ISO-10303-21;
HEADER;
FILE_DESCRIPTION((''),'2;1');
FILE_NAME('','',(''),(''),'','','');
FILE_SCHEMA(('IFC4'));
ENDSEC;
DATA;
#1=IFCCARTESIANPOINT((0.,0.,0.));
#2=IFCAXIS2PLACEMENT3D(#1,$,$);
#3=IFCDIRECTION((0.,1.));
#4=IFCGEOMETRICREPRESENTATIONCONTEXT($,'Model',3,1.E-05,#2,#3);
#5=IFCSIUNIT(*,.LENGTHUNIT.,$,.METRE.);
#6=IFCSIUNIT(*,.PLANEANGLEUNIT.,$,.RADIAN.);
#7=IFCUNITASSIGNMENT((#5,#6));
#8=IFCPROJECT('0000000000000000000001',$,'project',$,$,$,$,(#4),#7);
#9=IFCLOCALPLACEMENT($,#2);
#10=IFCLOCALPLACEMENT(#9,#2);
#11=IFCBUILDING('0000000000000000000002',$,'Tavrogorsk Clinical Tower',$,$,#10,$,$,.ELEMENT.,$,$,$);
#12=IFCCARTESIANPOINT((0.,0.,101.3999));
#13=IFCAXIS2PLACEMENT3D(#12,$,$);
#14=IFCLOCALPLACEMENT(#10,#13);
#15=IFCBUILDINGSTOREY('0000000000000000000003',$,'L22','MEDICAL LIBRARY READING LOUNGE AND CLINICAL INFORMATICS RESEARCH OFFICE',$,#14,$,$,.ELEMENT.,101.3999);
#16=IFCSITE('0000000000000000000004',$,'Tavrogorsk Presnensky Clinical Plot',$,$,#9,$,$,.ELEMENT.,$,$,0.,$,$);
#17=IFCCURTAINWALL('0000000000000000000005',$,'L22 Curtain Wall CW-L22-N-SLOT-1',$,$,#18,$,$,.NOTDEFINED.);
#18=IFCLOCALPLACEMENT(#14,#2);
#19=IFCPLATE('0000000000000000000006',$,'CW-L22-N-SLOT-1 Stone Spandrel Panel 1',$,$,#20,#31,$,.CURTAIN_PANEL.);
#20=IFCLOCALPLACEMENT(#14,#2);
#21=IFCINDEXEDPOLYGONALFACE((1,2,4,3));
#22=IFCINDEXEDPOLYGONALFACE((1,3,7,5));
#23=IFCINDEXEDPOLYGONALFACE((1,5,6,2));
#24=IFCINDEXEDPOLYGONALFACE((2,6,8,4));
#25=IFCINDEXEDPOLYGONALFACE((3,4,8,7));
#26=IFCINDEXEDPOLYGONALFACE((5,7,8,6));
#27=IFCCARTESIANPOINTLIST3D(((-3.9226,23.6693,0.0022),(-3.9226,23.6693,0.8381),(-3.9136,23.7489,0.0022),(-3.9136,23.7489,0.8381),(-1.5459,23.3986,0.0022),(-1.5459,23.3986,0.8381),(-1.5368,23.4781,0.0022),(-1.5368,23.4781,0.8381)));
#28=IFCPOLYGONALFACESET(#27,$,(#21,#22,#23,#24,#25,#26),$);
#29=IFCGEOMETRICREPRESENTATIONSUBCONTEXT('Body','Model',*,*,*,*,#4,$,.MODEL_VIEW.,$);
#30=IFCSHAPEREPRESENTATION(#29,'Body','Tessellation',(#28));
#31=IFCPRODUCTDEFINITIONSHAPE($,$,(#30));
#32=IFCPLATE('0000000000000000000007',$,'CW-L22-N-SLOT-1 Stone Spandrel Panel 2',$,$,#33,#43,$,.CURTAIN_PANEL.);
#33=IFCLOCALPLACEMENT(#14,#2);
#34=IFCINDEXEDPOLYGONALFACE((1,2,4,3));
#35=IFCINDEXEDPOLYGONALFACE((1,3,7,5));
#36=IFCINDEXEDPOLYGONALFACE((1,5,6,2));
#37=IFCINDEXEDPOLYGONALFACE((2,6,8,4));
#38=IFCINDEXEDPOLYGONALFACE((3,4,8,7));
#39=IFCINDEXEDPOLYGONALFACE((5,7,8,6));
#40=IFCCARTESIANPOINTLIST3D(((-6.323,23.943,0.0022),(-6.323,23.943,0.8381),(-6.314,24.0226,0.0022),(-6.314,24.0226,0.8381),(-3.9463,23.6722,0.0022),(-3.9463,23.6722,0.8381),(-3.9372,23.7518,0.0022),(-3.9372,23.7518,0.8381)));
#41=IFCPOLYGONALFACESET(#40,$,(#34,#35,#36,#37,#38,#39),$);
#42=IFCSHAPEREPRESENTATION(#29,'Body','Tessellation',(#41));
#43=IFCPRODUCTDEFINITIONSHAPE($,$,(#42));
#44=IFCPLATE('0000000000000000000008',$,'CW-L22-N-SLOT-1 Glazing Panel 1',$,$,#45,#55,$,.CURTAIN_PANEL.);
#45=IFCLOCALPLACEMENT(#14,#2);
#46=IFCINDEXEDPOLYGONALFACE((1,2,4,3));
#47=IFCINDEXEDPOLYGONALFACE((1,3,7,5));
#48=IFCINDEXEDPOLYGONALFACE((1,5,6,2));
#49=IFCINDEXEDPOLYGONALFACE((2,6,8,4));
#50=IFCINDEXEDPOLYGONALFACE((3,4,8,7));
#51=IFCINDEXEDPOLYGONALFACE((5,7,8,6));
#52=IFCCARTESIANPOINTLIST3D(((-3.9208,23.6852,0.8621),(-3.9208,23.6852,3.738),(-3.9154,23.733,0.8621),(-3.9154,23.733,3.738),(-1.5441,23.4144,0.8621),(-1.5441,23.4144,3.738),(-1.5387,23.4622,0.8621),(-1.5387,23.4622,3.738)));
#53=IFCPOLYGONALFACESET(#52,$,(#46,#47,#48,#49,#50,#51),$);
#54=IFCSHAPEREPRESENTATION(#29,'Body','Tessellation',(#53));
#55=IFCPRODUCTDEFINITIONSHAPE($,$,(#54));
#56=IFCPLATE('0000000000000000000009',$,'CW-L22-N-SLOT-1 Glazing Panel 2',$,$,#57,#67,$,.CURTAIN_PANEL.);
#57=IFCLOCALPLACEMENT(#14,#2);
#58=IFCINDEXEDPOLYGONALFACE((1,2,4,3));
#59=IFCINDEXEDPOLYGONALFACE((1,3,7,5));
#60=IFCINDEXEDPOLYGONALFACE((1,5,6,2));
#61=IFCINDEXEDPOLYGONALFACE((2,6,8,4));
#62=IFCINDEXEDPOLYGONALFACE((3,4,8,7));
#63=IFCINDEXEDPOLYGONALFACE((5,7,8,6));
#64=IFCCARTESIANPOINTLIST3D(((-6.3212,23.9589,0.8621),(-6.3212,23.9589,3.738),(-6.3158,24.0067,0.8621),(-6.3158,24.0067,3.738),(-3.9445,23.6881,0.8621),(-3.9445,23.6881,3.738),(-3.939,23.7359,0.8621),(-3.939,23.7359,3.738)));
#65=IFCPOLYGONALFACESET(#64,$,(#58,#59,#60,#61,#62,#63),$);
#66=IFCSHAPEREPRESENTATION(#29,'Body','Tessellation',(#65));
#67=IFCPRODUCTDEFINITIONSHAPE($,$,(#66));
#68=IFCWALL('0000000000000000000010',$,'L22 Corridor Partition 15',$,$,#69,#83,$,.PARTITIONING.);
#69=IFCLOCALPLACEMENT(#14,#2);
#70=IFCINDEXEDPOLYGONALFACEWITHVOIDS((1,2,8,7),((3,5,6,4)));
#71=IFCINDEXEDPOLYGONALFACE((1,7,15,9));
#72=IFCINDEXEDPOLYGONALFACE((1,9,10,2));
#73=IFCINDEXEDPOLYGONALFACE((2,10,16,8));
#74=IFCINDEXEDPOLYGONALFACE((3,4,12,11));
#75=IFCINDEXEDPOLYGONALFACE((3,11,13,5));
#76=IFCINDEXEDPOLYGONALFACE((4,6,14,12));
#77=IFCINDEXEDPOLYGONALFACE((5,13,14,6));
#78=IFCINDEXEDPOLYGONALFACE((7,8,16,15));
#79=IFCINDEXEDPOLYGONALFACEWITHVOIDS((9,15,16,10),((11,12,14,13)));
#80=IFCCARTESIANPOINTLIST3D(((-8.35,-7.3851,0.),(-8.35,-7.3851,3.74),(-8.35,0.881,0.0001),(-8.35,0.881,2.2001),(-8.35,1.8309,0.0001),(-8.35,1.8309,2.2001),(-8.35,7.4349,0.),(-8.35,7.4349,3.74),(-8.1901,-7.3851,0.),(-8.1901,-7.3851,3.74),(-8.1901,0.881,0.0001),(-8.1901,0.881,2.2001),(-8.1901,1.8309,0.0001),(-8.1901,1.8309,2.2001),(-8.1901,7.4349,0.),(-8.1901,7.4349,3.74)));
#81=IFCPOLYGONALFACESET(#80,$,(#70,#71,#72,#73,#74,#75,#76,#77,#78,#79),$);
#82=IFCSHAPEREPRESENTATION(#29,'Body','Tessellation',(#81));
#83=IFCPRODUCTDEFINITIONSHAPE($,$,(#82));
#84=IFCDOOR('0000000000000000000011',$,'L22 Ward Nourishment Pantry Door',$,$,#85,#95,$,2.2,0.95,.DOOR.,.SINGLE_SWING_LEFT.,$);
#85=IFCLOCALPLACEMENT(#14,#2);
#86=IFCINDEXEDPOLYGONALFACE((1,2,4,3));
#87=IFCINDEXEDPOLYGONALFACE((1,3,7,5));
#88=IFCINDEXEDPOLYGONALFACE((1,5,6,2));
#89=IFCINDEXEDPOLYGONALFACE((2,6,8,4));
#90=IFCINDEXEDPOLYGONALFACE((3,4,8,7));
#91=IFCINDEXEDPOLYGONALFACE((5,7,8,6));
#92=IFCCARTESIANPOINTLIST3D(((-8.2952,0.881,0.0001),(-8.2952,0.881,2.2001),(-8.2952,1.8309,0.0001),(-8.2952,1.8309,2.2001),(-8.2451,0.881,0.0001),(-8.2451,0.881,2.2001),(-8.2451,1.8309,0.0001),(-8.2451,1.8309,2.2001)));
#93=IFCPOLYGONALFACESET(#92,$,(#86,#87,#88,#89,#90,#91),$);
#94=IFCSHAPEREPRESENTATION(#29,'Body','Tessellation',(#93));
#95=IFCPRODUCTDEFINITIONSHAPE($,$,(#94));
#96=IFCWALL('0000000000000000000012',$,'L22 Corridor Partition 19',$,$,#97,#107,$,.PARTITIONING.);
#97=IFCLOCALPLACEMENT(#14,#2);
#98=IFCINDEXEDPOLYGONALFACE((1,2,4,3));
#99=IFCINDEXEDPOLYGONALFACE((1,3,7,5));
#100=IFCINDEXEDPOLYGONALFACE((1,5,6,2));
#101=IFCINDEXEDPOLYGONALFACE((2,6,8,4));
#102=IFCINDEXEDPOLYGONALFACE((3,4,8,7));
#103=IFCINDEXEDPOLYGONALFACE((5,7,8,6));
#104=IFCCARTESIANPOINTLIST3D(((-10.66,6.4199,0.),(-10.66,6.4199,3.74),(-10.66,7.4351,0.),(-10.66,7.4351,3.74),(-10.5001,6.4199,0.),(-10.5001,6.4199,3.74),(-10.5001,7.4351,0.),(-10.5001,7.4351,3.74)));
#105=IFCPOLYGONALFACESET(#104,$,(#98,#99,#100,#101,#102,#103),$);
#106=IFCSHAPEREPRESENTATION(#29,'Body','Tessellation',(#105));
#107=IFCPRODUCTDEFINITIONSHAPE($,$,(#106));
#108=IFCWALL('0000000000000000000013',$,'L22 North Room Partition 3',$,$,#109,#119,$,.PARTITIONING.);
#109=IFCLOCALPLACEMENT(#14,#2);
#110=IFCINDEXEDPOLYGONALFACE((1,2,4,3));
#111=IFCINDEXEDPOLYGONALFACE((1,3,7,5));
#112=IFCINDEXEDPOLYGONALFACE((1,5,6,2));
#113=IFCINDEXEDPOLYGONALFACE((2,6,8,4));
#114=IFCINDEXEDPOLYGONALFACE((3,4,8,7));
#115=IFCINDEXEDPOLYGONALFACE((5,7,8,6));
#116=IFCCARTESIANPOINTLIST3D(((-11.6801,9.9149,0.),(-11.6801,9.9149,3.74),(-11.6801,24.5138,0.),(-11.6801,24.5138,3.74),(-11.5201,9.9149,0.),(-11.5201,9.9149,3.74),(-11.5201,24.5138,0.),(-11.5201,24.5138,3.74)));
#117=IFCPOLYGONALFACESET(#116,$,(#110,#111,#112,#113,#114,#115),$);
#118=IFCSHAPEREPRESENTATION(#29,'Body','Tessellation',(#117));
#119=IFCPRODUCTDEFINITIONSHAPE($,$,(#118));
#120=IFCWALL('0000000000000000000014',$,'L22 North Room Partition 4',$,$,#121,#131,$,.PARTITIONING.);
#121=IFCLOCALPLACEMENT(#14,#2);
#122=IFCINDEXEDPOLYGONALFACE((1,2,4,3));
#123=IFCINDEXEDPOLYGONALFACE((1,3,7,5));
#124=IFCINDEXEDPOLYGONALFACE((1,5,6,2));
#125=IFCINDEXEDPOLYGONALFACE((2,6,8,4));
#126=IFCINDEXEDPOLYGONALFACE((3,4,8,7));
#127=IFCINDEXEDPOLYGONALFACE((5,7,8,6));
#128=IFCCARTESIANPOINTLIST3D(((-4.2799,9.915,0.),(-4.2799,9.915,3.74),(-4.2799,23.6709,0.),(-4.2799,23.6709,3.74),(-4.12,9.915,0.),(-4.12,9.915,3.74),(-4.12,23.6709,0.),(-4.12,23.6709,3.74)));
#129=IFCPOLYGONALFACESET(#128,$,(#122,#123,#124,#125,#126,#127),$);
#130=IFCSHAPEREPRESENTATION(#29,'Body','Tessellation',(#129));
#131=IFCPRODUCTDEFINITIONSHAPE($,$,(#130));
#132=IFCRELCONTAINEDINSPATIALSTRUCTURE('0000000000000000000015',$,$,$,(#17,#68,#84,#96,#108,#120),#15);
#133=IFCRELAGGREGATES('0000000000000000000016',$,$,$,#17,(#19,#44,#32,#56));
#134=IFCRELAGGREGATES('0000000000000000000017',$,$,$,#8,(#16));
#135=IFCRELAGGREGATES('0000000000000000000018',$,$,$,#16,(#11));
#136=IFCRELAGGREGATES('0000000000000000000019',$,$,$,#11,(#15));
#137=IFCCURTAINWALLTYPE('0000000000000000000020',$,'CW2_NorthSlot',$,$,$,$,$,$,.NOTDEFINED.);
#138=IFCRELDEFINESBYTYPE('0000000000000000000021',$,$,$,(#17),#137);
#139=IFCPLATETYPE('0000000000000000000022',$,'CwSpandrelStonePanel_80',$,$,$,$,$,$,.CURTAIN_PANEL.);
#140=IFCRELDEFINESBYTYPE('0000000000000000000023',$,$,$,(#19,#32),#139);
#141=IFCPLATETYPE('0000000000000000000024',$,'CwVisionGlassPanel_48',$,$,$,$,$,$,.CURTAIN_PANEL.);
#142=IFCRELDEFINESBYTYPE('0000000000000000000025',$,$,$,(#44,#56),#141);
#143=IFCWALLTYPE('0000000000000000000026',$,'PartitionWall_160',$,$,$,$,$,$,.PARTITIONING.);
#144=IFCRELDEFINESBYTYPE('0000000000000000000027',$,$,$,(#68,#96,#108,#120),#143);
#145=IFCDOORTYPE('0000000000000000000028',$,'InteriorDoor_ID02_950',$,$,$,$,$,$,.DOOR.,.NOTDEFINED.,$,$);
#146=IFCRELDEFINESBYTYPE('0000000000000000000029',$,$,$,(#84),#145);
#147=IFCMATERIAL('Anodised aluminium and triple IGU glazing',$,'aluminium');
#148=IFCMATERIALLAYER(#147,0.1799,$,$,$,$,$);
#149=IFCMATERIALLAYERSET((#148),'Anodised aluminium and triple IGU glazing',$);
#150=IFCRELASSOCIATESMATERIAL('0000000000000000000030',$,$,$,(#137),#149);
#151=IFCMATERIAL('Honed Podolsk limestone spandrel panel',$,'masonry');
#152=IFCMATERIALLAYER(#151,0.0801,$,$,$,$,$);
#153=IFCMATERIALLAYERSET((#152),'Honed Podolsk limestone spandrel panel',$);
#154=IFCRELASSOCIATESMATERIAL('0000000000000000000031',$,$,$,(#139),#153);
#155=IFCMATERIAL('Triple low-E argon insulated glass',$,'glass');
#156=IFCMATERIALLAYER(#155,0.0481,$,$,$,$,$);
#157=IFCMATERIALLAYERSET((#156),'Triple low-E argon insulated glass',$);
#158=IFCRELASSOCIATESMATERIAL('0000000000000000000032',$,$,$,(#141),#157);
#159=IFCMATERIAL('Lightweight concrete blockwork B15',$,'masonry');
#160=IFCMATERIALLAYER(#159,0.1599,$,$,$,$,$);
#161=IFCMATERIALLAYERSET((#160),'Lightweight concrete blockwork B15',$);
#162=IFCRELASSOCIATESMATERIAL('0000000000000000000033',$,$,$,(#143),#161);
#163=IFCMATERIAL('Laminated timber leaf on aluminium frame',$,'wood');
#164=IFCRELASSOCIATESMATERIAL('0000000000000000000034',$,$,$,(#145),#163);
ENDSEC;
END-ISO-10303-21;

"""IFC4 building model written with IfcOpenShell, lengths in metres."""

from ifc_helpers import new_model, si_unit, direction, frame, frame_2d, origin, origin_2d, place, context, subcontext, project, spatial, rectangle, extrude, material, layer, layer_set, type_object, element, fill, aggregate, save


model = new_model("IFC4")

# Units and contexts
model_context = context("Model", 3, precision=1e-05, world=origin(), true_north=direction((0.0, 1.0)))
body_context = subcontext(model_context, "Body", "Model", "MODEL_VIEW")
ifc_project = project(units=[si_unit("LENGTHUNIT", "METRE"), si_unit("PLANEANGLEUNIT", "RADIAN")], contexts=[model_context])

# Site, building, storey
site_placement = place(None, origin())
site = spatial("IfcSite", under=ifc_project, at=site_placement, Name="Tavrogorsk Presnensky Clinical Plot", CompositionType="ELEMENT", RefElevation=0.0)
building_placement = place(site_placement, origin())
building = spatial("IfcBuilding", under=site, at=building_placement, Name="Tavrogorsk Clinical Tower", CompositionType="ELEMENT")
storey_placement = place(building_placement, frame((0.0, 0.0, 101.3999)))
storey = spatial("IfcBuildingStorey", under=building, at=storey_placement, Name="L22", Description="MEDICAL LIBRARY READING LOUNGE AND CLINICAL INFORMATICS RESEARCH OFFICE", CompositionType="ELEMENT", Elevation=101.3999)

# Curtain wall
ifc_material_1 = material(Name="Anodised aluminium and triple IGU glazing", Category="aluminium")
ifc_layer_1 = layer(ifc_material_1, 0.1799)
ifc_layer_set_1 = layer_set([ifc_layer_1], Name="Anodised aluminium and triple IGU glazing")
curtain_wall_type = type_object("IfcCurtainWallType", Name="CW2_NorthSlot", PredefinedType="NOTDEFINED", material=ifc_layer_set_1)
curtain_wall_placement = place(storey_placement, origin())
curtain_wall = element("IfcCurtainWall", 1, at=curtain_wall_placement, inside=storey, type_object=curtain_wall_type, Name="L22 Curtain Wall CW-L22-N-SLOT-1", PredefinedType="NOTDEFINED")

# Plates
ifc_material_2 = material(Name="Honed Podolsk limestone spandrel panel", Category="masonry")
ifc_layer_2 = layer(ifc_material_2, 0.0801)
ifc_layer_set_2 = layer_set([ifc_layer_2], Name="Honed Podolsk limestone spandrel panel")
plate_type_1 = type_object("IfcPlateType", Name="CwSpandrelStonePanel_80", PredefinedType="CURTAIN_PANEL", material=ifc_layer_set_2)
plate_1_placement = place(storey_placement, frame((-2.7297, 23.5737, 0.0022), z_axis=(0.0, 0.0, 1.0), x_axis=(-0.993572, 0.113203, 0.0)))
plate_1 = element("IfcPlate", 2, at=plate_1_placement, type_object=plate_type_1, Name="CW-L22-N-SLOT-1 Stone Spandrel Panel 1", PredefinedType="CURTAIN_PANEL", context=body_context, shape_type="SweptSolid", body=[
    extrude(rectangle(XDim=2.3921, YDim=0.0801, at=origin_2d()), origin(), (0.0, 0.0, 1.0), 0.8359),
])
plate_2_placement = place(storey_placement, frame((-5.1301, 23.8474, 0.0022), z_axis=(0.0, 0.0, 1.0), x_axis=(-0.993572, 0.113203, 0.0)))
plate_2 = element("IfcPlate", 3, at=plate_2_placement, type_object=plate_type_1, Name="CW-L22-N-SLOT-1 Stone Spandrel Panel 2", PredefinedType="CURTAIN_PANEL", context=body_context, shape_type="SweptSolid", body=[
    extrude(rectangle(XDim=2.3921, YDim=0.0801, at=origin_2d()), origin(), (0.0, 0.0, 1.0), 0.8359),
])
ifc_material_3 = material(Name="Triple low-E argon insulated glass", Category="glass")
ifc_layer_3 = layer(ifc_material_3, 0.0481)
ifc_layer_set_3 = layer_set([ifc_layer_3], Name="Triple low-E argon insulated glass")
plate_type_2 = type_object("IfcPlateType", Name="CwVisionGlassPanel_48", PredefinedType="CURTAIN_PANEL", material=ifc_layer_set_3)
plate_3_placement = place(storey_placement, frame((-2.7297, 23.5737, 0.8621), z_axis=(0.0, 0.0, 1.0), x_axis=(-0.993572, 0.113203, 0.0)))
plate_3 = element("IfcPlate", 4, at=plate_3_placement, type_object=plate_type_2, Name="CW-L22-N-SLOT-1 Glazing Panel 1", PredefinedType="CURTAIN_PANEL", context=body_context, shape_type="SweptSolid", body=[
    extrude(rectangle(XDim=2.3921, YDim=0.0481, at=origin_2d()), origin(), (0.0, 0.0, 1.0), 2.876),
])
plate_4_placement = place(storey_placement, frame((-5.1301, 23.8474, 0.8621), z_axis=(0.0, 0.0, 1.0), x_axis=(-0.993572, 0.113203, 0.0)))
plate_4 = element("IfcPlate", 5, at=plate_4_placement, type_object=plate_type_2, Name="CW-L22-N-SLOT-1 Glazing Panel 2", PredefinedType="CURTAIN_PANEL", context=body_context, shape_type="SweptSolid", body=[
    extrude(rectangle(XDim=2.3921, YDim=0.0481, at=origin_2d()), origin(), (0.0, 0.0, 1.0), 2.876),
])
aggregate(curtain_wall, [plate_1, plate_3, plate_2, plate_4])

# Wall, opening, door
ifc_material_4 = material(Name="Lightweight concrete blockwork B15", Category="masonry")
ifc_layer_4 = layer(ifc_material_4, 0.1599)
ifc_layer_set_4 = layer_set([ifc_layer_4], Name="Lightweight concrete blockwork B15")
wall_type_1 = type_object("IfcWallType", Name="PartitionWall_160", PredefinedType="PARTITIONING", material=ifc_layer_set_4)
wall_1_placement = place(storey_placement, frame((-8.27, 7.4351, 0.0), z_axis=(0.0, 0.0, 1.0), x_axis=(0.0, -1.0, 0.0)))
wall_1 = element("IfcWall", 6, at=wall_1_placement, inside=storey, type_object=wall_type_1, Name="L22 Corridor Partition 15", PredefinedType="PARTITIONING", context=body_context, shape_type="SweptSolid", body=[
    extrude(rectangle(XDim=14.8201, YDim=0.1599, at=frame_2d((7.4102, 0.0))), origin(), (0.0, 0.0, 1.0), 3.74),
])
opening_1_placement = place(wall_1_placement, frame((5.604, 0.0, 0.0)))
opening_1 = element("IfcOpeningElement", 7, at=opening_1_placement, cuts=wall_1, PredefinedType="OPENING", context=body_context, shape_type="SweptSolid", body=[
    extrude(rectangle(XDim=0.95, YDim=2.2, at=frame_2d((0.4751, 1.1001))), frame((0.0, 0.0898, 0.0), z_axis=(0.0, -1.0, 0.0), x_axis=(1.0, 0.0, 0.0)), (0.0, 0.0, 1.0), 0.1799),
])
ifc_material_5 = material(Name="Laminated timber leaf on aluminium frame", Category="wood")
door_type = type_object("IfcDoorType", Name="InteriorDoor_ID02_950", OperationType="NOTDEFINED", PredefinedType="DOOR", material=ifc_material_5)
door_placement = place(opening_1_placement, origin())
door = element("IfcDoor", 8, at=door_placement, inside=storey, type_object=door_type, Name="L22 Ward Nourishment Pantry Door", OperationType="SINGLE_SWING_LEFT", OverallHeight=2.2, OverallWidth=0.95, PredefinedType="DOOR", context=body_context, shape_type="SweptSolid", body=[
    extrude(rectangle(XDim=0.95, YDim=2.2, at=frame_2d((0.4751, 1.1001))), frame((0.0, 0.0249, 0.0), z_axis=(0.0, -1.0, 0.0), x_axis=(1.0, 0.0, 0.0)), (0.0, 0.0, 1.0), 0.05),
])
fill(opening_1, door)

# Walls
wall_2_placement = place(storey_placement, frame((-10.5801, 6.4199, 0.0), z_axis=(0.0, 0.0, 1.0), x_axis=(0.0, 1.0, 0.0)))
element("IfcWall", 9, at=wall_2_placement, inside=storey, type_object=wall_type_1, Name="L22 Corridor Partition 19", PredefinedType="PARTITIONING", context=body_context, shape_type="SweptSolid", body=[
    extrude(rectangle(XDim=1.0151, YDim=0.1599, at=frame_2d((0.5076, 0.0))), origin(), (0.0, 0.0, 1.0), 3.74),
])
wall_3_placement = place(storey_placement, frame((-11.6001, 9.915, 0.0), z_axis=(0.0, 0.0, 1.0), x_axis=(0.0, 1.0, 0.0)))
element("IfcWall", 10, at=wall_3_placement, inside=storey, type_object=wall_type_1, Name="L22 North Room Partition 3", PredefinedType="PARTITIONING", context=body_context, shape_type="SweptSolid", body=[
    extrude(rectangle(XDim=14.5989, YDim=0.1599, at=frame_2d((7.2993, 0.0))), origin(), (0.0, 0.0, 1.0), 3.74),
])
wall_4_placement = place(storey_placement, frame((-4.2, 9.915, 0.0), z_axis=(0.0, 0.0, 1.0), x_axis=(0.0, 1.0, 0.0)))
element("IfcWall", 11, at=wall_4_placement, inside=storey, type_object=wall_type_1, Name="L22 North Room Partition 4", PredefinedType="PARTITIONING", context=body_context, shape_type="SweptSolid", body=[
    extrude(rectangle(XDim=13.7559, YDim=0.1599, at=frame_2d((6.8779, 0.0))), origin(), (0.0, 0.0, 1.0), 3.74),
])

save(model, "model.ifc")
